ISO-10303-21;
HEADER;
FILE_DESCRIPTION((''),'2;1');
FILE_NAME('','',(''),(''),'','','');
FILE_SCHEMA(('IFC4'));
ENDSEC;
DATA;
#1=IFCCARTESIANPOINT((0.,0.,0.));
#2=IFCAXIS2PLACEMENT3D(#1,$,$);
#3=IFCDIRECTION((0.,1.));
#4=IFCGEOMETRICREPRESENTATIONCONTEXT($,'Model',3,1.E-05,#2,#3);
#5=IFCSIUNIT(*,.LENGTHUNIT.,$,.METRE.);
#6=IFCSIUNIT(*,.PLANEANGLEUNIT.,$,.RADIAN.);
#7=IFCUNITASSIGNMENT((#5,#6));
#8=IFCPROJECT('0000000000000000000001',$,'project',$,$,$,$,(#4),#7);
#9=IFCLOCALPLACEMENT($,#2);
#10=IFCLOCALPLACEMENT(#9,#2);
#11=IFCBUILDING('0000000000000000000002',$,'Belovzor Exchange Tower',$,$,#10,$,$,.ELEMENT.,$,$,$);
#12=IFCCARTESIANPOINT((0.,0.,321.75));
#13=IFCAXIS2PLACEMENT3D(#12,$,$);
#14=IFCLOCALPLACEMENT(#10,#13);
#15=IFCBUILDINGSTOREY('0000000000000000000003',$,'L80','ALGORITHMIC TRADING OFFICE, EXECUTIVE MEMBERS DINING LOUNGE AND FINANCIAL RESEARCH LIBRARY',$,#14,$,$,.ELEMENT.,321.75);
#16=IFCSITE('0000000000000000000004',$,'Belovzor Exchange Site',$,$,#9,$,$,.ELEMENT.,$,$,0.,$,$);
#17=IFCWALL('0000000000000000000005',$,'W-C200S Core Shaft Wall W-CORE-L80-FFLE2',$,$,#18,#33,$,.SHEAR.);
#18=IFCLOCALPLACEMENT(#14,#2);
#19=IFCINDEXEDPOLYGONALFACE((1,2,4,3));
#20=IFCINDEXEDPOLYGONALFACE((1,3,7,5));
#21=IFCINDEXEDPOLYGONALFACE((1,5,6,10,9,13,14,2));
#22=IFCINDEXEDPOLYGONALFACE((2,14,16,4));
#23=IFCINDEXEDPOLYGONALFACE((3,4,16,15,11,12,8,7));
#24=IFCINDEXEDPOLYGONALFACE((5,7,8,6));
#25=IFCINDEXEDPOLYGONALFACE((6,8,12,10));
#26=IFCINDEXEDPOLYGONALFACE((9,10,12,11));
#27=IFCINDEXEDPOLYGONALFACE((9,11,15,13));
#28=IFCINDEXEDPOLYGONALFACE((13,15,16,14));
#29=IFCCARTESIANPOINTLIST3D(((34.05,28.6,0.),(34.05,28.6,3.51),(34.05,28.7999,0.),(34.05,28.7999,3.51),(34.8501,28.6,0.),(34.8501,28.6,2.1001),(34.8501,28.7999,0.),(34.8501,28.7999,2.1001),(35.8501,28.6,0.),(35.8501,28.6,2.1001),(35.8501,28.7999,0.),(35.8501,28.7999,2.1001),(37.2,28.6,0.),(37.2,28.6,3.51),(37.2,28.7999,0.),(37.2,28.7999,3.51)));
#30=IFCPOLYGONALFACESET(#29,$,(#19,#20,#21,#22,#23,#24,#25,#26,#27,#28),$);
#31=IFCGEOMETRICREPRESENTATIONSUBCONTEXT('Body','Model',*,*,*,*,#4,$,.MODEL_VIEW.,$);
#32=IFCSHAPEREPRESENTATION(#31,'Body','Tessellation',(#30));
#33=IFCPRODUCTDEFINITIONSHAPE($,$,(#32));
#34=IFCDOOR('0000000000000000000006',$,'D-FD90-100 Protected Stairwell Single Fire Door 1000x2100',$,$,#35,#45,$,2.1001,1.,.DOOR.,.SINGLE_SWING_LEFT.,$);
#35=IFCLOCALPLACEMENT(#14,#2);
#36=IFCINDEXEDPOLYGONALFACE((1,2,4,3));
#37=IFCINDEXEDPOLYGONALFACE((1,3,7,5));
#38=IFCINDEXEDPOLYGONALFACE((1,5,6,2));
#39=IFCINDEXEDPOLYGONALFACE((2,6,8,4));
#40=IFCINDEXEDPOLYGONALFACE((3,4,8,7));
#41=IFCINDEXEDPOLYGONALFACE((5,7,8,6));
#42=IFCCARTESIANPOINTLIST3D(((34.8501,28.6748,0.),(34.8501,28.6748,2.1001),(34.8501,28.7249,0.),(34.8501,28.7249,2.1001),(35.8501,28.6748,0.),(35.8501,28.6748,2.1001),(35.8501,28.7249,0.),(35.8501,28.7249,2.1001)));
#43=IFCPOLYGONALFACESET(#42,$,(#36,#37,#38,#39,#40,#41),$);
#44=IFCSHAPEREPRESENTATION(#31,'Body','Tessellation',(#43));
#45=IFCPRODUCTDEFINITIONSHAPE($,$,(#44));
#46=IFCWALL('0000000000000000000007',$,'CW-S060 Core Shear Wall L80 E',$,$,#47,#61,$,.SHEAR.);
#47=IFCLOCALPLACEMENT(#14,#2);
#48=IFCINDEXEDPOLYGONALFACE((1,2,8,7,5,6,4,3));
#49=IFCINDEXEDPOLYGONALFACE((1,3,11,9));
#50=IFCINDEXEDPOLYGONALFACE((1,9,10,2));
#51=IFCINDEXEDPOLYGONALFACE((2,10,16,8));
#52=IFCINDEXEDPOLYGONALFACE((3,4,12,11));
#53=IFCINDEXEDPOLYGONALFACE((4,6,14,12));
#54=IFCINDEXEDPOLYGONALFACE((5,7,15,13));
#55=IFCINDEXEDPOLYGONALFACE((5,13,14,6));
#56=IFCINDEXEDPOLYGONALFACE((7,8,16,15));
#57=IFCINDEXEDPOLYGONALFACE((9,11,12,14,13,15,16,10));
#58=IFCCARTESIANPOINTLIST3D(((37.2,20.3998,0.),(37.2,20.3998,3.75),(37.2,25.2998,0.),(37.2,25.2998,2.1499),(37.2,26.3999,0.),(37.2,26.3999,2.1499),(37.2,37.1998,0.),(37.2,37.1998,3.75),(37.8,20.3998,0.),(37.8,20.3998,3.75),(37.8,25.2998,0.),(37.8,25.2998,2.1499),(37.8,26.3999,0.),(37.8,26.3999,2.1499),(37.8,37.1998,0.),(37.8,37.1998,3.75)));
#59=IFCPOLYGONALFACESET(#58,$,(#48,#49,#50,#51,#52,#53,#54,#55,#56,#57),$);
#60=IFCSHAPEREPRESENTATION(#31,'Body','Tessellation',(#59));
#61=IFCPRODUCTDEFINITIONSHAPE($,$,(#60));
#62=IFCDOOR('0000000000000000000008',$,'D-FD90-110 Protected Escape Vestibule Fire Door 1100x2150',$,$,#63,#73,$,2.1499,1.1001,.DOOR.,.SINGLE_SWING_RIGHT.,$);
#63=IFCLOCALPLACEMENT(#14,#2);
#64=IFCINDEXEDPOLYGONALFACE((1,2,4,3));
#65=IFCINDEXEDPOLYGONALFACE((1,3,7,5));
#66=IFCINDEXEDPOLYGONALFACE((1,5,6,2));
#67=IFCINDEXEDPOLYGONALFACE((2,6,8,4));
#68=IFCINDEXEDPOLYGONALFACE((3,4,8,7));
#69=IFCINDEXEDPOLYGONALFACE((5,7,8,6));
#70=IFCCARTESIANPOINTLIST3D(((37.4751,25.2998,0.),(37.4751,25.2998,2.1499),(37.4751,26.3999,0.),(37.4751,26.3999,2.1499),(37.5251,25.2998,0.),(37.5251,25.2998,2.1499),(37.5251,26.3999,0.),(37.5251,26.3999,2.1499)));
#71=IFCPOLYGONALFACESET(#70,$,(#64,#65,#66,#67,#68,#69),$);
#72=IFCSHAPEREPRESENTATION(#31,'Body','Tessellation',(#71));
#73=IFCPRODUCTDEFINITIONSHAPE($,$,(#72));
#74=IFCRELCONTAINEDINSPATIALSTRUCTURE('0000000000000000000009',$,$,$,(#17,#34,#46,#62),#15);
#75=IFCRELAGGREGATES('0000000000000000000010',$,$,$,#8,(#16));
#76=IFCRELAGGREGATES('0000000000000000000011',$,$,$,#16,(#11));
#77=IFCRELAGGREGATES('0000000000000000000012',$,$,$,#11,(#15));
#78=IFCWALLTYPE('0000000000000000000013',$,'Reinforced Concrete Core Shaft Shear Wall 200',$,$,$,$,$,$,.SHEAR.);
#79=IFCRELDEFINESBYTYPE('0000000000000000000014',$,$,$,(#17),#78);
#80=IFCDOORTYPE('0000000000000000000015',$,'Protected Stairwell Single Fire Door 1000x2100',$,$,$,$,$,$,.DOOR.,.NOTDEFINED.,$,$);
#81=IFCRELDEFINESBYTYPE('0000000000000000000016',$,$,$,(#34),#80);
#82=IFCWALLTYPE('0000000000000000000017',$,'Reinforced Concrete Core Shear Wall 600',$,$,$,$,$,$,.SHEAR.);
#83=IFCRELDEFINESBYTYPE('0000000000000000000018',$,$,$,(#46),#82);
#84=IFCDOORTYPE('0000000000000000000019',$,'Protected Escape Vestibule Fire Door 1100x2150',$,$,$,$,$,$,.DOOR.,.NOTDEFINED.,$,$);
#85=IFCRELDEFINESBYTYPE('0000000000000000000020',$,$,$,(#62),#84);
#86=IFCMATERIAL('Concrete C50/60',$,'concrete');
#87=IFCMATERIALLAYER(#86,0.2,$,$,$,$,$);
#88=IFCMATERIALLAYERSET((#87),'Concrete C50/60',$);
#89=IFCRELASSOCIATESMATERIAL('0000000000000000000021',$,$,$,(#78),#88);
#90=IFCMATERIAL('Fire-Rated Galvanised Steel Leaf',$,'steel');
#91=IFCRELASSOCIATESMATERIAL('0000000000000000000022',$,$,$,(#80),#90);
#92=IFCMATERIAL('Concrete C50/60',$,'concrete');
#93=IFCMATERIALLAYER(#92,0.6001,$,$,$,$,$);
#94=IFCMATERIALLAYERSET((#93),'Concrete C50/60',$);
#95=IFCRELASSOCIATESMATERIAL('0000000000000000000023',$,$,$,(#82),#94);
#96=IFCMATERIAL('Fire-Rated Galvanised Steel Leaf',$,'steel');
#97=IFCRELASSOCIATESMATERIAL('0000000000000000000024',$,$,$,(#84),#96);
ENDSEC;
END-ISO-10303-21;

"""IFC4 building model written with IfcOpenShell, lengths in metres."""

from ifc_helpers import new_model, si_unit, direction, frame, frame_2d, origin, place, context, subcontext, project, spatial, rectangle, extrude, material, layer, layer_set, type_object, element, fill, save


model = new_model("IFC4")

# Units and contexts
model_context = context("Model", 3, precision=1e-05, world=origin(), true_north=direction((0.0, 1.0)))
body_context = subcontext(model_context, "Body", "Model", "MODEL_VIEW")
ifc_project = project(units=[si_unit("LENGTHUNIT", "METRE"), si_unit("PLANEANGLEUNIT", "RADIAN")], contexts=[model_context])

# Site, building, storey
site_placement = place(None, origin())
site = spatial("IfcSite", under=ifc_project, at=site_placement, Name="Belovzor Exchange Site", CompositionType="ELEMENT", RefElevation=0.0)
building_placement = place(site_placement, origin())
building = spatial("IfcBuilding", under=site, at=building_placement, Name="Belovzor Exchange Tower", CompositionType="ELEMENT")
storey_placement = place(building_placement, frame((0.0, 0.0, 321.75)))
storey = spatial("IfcBuildingStorey", under=building, at=storey_placement, Name="L80", Description="ALGORITHMIC TRADING OFFICE, EXECUTIVE MEMBERS DINING LOUNGE AND FINANCIAL RESEARCH LIBRARY", CompositionType="ELEMENT", Elevation=321.75)

# Walls, openings, doors
ifc_material_1 = material(Name="Concrete C50/60", Category="concrete")
ifc_layer_1 = layer(ifc_material_1, 0.2)
ifc_layer_set_1 = layer_set([ifc_layer_1], Name="Concrete C50/60")
wall_type_1 = type_object("IfcWallType", Name="Reinforced Concrete Core Shaft Shear Wall 200", PredefinedType="SHEAR", material=ifc_layer_set_1)
wall_1_placement = place(storey_placement, frame((34.05, 28.7, 0.0), z_axis=(0.0, 0.0, 1.0), x_axis=(1.0, 0.0, 0.0)))
wall_1 = element("IfcWall", 1, at=wall_1_placement, inside=storey, type_object=wall_type_1, Name="W-C200S Core Shaft Wall W-CORE-L80-FFLE2", PredefinedType="SHEAR", context=body_context, shape_type="SweptSolid", body=[
    extrude(rectangle(XDim=3.1499, YDim=0.2, at=frame_2d((1.575, 0.0))), origin(), (0.0, 0.0, 1.0), 3.51),
])
opening_1_placement = place(wall_1_placement, frame((0.8, 0.0, 0.0)))
opening_1 = element("IfcOpeningElement", 2, at=opening_1_placement, cuts=wall_1, PredefinedType="OPENING", context=body_context, shape_type="SweptSolid", body=[
    extrude(rectangle(XDim=1.0, YDim=2.1001, at=frame_2d((0.5, 1.05))), frame((0.0, 0.1099, 0.0), z_axis=(0.0, -1.0, 0.0), x_axis=(1.0, 0.0, 0.0)), (0.0, 0.0, 1.0), 0.22),
])
ifc_material_2 = material(Name="Fire-Rated Galvanised Steel Leaf", Category="steel")
door_type_1 = type_object("IfcDoorType", Name="Protected Stairwell Single Fire Door 1000x2100", OperationType="NOTDEFINED", PredefinedType="DOOR", material=ifc_material_2)
door_1_placement = place(opening_1_placement, origin())
door_1 = element("IfcDoor", 3, at=door_1_placement, inside=storey, type_object=door_type_1, Name="D-FD90-100 Protected Stairwell Single Fire Door 1000x2100", OperationType="SINGLE_SWING_LEFT", OverallHeight=2.1001, OverallWidth=1.0, PredefinedType="DOOR", context=body_context, shape_type="SweptSolid", body=[
    extrude(rectangle(XDim=1.0, YDim=2.1001, at=frame_2d((0.5, 1.05))), frame((0.0, 0.0249, 0.0), z_axis=(0.0, -1.0, 0.0), x_axis=(1.0, 0.0, 0.0)), (0.0, 0.0, 1.0), 0.05),
])
fill(opening_1, door_1)
ifc_material_3 = material(Name="Concrete C50/60", Category="concrete")
ifc_layer_2 = layer(ifc_material_3, 0.6001)
ifc_layer_set_2 = layer_set([ifc_layer_2], Name="Concrete C50/60")
wall_type_2 = type_object("IfcWallType", Name="Reinforced Concrete Core Shear Wall 600", PredefinedType="SHEAR", material=ifc_layer_set_2)
wall_2_placement = place(storey_placement, frame((37.5, 20.3999, 0.0), z_axis=(0.0, 0.0, 1.0), x_axis=(0.0, 1.0, 0.0)))
wall_2 = element("IfcWall", 4, at=wall_2_placement, inside=storey, type_object=wall_type_2, Name="CW-S060 Core Shear Wall L80 E", PredefinedType="SHEAR", context=body_context, shape_type="SweptSolid", body=[
    extrude(rectangle(XDim=16.8, YDim=0.6001, at=frame_2d((8.3999, 0.0))), origin(), (0.0, 0.0, 1.0), 3.75),
])
opening_2_placement = place(wall_2_placement, frame((4.8999, 0.0, 0.0)))
opening_2 = element("IfcOpeningElement", 5, at=opening_2_placement, cuts=wall_2, PredefinedType="OPENING", context=body_context, shape_type="SweptSolid", body=[
    extrude(rectangle(XDim=1.1001, YDim=2.1499, at=frame_2d((0.55, 1.075))), frame((0.0, 0.3101, 0.0), z_axis=(0.0, -1.0, 0.0), x_axis=(1.0, 0.0, 0.0)), (0.0, 0.0, 1.0), 0.6201),
])
ifc_material_4 = material(Name="Fire-Rated Galvanised Steel Leaf", Category="steel")
door_type_2 = type_object("IfcDoorType", Name="Protected Escape Vestibule Fire Door 1100x2150", OperationType="NOTDEFINED", PredefinedType="DOOR", material=ifc_material_4)
door_2_placement = place(opening_2_placement, origin())
door_2 = element("IfcDoor", 6, at=door_2_placement, inside=storey, type_object=door_type_2, Name="D-FD90-110 Protected Escape Vestibule Fire Door 1100x2150", OperationType="SINGLE_SWING_RIGHT", OverallHeight=2.1499, OverallWidth=1.1001, PredefinedType="DOOR", context=body_context, shape_type="SweptSolid", body=[
    extrude(rectangle(XDim=1.1001, YDim=2.1499, at=frame_2d((0.55, 1.075))), frame((0.0, 0.0249, 0.0), z_axis=(0.0, -1.0, 0.0), x_axis=(1.0, 0.0, 0.0)), (0.0, 0.0, 1.0), 0.05),
])
fill(opening_2, door_2)

save(model, "model.ifc")
